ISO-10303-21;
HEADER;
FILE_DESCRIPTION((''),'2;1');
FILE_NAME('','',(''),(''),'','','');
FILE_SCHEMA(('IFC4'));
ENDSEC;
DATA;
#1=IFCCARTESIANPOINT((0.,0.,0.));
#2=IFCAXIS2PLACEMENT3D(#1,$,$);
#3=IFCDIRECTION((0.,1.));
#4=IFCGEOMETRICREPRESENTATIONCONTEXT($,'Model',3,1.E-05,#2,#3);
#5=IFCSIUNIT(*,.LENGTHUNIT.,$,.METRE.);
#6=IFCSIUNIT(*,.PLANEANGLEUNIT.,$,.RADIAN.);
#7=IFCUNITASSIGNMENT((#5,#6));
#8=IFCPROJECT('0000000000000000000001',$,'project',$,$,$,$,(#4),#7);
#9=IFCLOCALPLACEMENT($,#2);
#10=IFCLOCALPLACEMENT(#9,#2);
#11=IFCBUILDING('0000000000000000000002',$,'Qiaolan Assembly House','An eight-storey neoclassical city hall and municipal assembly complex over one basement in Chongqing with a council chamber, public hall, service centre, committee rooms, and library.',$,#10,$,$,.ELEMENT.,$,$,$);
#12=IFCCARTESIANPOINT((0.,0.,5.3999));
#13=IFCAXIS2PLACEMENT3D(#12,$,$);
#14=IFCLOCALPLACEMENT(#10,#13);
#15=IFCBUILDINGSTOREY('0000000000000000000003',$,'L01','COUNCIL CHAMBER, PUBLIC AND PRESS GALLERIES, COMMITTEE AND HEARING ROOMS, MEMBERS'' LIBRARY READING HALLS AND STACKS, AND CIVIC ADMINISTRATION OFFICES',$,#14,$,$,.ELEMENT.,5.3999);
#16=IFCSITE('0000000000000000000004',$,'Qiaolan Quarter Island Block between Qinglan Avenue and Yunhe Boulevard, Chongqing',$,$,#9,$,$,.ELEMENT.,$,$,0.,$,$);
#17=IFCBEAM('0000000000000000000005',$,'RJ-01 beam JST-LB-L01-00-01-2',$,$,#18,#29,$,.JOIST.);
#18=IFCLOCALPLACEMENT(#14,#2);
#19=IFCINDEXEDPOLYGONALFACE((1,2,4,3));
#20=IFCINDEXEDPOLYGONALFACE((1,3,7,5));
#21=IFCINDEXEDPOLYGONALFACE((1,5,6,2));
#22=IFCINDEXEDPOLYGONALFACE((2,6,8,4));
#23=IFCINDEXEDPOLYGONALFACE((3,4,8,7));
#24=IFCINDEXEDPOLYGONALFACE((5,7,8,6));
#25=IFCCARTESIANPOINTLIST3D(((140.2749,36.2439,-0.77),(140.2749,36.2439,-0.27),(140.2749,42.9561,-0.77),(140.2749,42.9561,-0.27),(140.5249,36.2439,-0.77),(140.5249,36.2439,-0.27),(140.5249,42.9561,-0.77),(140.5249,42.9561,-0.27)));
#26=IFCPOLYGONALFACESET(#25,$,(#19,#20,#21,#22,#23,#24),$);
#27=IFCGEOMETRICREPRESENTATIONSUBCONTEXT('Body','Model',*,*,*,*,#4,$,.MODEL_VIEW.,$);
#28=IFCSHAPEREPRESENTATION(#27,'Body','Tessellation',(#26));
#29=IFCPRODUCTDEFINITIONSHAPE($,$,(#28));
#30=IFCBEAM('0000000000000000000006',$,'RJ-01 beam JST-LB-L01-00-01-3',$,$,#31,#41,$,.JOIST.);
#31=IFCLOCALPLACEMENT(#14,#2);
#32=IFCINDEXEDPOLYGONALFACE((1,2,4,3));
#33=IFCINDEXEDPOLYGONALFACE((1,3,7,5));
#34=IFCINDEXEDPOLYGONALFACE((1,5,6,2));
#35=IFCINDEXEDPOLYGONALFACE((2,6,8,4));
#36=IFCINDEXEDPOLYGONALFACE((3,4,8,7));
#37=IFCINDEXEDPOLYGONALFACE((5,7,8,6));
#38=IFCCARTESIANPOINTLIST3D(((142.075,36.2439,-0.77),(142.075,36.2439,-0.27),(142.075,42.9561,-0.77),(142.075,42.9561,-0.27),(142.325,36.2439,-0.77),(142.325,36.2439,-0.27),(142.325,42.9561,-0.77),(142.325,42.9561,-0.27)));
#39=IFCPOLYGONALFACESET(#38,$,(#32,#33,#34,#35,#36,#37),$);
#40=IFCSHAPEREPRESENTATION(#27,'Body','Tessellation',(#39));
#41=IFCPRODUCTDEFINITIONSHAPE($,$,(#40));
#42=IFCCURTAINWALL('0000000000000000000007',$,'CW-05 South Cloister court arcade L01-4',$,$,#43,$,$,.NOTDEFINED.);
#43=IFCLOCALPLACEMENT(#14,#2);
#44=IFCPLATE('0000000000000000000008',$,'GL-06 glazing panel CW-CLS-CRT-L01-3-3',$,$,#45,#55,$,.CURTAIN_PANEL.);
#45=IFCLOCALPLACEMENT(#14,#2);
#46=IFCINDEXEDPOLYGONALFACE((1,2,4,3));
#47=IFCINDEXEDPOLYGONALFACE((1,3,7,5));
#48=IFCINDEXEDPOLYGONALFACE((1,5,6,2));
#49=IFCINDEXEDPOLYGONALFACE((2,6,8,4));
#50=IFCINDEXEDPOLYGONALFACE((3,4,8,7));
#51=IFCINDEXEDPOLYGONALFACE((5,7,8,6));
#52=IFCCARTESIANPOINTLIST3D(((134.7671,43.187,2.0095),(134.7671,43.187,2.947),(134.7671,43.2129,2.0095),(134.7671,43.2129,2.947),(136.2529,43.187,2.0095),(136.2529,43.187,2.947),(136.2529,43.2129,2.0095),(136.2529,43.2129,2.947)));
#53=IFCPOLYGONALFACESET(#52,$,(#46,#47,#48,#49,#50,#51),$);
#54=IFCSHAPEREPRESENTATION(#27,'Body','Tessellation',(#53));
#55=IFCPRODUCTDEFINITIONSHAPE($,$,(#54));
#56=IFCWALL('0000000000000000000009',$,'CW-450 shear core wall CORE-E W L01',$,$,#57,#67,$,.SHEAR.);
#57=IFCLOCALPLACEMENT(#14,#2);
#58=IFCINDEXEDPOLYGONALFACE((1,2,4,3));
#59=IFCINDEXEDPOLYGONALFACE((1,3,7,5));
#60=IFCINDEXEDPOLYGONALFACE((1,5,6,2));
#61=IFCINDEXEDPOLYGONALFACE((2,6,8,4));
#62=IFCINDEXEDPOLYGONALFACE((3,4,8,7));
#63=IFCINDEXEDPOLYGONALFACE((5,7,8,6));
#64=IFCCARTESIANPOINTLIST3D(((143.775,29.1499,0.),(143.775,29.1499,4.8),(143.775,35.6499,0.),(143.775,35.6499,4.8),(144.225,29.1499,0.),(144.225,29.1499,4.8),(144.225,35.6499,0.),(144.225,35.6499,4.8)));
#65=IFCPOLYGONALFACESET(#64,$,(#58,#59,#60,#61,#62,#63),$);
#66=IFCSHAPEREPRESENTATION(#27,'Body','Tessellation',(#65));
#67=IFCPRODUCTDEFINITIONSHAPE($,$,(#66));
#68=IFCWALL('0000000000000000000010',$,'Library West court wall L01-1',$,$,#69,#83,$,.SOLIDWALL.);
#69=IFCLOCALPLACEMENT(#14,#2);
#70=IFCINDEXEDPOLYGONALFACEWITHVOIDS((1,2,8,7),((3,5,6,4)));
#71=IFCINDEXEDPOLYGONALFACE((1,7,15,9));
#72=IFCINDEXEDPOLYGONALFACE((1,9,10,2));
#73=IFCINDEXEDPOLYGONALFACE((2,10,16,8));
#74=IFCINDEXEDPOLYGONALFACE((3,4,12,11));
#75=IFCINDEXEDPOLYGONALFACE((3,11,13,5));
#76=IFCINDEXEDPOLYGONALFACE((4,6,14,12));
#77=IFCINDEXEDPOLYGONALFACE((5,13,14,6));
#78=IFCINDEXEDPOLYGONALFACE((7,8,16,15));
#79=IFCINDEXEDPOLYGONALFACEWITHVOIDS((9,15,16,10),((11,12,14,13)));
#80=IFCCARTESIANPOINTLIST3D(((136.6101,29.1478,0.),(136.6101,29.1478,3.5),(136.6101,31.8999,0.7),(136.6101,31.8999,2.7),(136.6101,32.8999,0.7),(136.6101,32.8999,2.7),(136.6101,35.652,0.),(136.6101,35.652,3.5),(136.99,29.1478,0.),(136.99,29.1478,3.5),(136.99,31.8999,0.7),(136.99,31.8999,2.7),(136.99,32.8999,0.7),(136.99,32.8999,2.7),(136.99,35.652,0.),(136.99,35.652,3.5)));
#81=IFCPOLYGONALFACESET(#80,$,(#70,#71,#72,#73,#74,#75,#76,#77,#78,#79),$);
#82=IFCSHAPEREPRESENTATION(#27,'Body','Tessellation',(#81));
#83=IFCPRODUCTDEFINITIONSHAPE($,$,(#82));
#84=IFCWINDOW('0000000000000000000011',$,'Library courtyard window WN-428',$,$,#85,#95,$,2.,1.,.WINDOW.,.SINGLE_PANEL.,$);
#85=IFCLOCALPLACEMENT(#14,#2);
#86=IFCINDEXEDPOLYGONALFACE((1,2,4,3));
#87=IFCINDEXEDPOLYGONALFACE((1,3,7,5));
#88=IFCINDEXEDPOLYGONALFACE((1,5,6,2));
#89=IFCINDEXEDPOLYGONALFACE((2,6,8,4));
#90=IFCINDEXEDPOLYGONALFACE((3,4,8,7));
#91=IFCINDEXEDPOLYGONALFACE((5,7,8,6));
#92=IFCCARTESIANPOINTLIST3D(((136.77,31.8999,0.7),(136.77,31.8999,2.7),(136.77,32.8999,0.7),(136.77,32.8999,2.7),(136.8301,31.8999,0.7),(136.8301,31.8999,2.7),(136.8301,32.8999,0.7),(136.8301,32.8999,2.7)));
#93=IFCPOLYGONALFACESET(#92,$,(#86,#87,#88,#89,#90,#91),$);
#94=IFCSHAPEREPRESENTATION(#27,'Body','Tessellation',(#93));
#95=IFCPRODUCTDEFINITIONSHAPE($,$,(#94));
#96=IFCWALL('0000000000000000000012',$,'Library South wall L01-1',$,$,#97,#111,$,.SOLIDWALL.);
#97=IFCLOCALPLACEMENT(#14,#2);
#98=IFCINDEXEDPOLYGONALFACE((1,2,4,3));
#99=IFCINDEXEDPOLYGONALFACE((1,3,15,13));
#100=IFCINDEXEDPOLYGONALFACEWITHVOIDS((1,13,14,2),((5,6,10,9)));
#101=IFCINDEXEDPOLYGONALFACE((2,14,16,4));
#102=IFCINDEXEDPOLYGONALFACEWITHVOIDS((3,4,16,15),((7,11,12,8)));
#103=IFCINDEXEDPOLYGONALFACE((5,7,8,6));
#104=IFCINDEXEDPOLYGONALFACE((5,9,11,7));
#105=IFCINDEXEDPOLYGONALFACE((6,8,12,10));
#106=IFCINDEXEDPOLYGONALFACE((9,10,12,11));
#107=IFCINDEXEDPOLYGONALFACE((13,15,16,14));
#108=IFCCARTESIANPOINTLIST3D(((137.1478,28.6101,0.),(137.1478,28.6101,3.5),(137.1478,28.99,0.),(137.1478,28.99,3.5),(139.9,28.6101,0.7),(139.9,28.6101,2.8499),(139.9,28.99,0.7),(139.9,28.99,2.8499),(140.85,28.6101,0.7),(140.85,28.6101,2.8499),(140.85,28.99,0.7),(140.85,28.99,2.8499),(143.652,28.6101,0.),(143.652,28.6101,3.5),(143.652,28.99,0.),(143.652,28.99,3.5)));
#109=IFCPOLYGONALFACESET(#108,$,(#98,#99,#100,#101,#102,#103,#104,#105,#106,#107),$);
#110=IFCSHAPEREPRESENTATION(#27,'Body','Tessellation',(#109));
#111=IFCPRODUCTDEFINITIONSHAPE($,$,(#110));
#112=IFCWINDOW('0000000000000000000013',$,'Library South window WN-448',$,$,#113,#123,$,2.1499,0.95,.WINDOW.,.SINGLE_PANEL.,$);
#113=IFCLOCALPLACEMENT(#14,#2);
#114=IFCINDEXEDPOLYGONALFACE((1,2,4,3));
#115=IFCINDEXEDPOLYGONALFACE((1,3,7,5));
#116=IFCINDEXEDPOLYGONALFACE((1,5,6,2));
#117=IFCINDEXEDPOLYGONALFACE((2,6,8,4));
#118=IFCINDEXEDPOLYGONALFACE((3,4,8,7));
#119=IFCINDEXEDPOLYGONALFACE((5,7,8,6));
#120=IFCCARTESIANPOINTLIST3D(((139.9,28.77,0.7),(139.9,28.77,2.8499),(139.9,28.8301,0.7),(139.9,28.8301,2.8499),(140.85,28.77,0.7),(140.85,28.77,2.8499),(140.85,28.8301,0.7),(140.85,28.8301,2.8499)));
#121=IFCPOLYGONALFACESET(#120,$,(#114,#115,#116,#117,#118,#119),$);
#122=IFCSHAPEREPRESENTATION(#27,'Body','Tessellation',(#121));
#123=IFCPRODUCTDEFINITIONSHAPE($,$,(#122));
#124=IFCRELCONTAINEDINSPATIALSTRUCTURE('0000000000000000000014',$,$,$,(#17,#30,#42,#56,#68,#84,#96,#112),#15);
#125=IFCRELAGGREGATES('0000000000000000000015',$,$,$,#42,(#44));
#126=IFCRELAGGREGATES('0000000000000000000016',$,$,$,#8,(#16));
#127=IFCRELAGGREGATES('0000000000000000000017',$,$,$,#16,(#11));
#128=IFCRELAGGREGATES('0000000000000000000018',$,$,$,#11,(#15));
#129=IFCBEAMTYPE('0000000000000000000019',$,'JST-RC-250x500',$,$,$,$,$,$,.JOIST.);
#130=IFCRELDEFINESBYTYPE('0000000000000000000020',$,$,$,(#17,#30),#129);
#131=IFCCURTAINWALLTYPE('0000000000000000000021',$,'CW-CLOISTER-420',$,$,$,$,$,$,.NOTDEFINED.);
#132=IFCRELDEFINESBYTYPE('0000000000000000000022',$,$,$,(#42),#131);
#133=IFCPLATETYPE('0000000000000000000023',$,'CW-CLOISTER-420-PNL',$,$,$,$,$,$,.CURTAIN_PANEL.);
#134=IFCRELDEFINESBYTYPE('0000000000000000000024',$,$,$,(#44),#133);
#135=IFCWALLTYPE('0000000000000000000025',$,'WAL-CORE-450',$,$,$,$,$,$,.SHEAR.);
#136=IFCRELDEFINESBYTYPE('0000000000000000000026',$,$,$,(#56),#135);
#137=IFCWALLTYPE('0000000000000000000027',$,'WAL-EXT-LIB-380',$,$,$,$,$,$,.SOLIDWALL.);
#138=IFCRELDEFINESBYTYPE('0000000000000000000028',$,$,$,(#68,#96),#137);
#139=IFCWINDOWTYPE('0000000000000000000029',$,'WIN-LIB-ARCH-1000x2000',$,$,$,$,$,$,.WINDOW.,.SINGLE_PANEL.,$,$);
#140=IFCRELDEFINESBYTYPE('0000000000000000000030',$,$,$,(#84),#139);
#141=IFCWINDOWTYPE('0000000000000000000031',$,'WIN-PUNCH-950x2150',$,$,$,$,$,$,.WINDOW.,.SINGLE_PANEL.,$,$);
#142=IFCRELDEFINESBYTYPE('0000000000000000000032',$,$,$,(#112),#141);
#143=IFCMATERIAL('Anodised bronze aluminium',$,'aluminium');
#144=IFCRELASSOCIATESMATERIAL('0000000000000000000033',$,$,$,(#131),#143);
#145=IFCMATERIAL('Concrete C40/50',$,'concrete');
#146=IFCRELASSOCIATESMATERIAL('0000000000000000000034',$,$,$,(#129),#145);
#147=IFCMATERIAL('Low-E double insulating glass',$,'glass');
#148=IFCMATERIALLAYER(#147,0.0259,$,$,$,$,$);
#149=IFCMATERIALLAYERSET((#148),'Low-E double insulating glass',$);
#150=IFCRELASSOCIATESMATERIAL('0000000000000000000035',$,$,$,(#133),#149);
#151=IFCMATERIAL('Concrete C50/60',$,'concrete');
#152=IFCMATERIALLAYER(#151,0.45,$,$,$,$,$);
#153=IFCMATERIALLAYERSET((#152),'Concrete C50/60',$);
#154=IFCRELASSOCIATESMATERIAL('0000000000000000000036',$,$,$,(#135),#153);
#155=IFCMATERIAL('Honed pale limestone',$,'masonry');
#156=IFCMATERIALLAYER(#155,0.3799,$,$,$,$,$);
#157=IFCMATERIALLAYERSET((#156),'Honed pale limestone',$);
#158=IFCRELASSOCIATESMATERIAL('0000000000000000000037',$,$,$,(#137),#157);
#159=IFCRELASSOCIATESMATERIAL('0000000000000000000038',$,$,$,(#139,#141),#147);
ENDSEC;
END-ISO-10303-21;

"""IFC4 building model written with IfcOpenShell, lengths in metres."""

from ifc_helpers import new_model, si_unit, direction, frame, frame_2d, origin, origin_2d, place, context, subcontext, project, spatial, rectangle, extrude, material, layer, layer_set, material_profile, profile_set, type_object, element, fill, aggregate, save


model = new_model("IFC4")

# Units and contexts
model_context = context("Model", 3, precision=1e-05, world=origin(), true_north=direction((0.0, 1.0)))
body_context = subcontext(model_context, "Body", "Model", "MODEL_VIEW")
ifc_project = project(units=[si_unit("LENGTHUNIT", "METRE"), si_unit("PLANEANGLEUNIT", "RADIAN")], contexts=[model_context])

# Site, building, storey
site_placement = place(None, origin())
site = spatial("IfcSite", under=ifc_project, at=site_placement, Name="Qiaolan Quarter Island Block between Qinglan Avenue and Yunhe Boulevard, Chongqing", CompositionType="ELEMENT", RefElevation=0.0)
building_placement = place(site_placement, origin())
building = spatial("IfcBuilding", under=site, at=building_placement, Name="Qiaolan Assembly House", Description="An eight-storey neoclassical city hall and municipal assembly complex over one basement in Chongqing with a council chamber, public hall, service centre, committee rooms, and library.", CompositionType="ELEMENT")
storey_placement = place(building_placement, frame((0.0, 0.0, 5.3999)))
storey = spatial("IfcBuildingStorey", under=building, at=storey_placement, Name="L01", Description="COUNCIL CHAMBER, PUBLIC AND PRESS GALLERIES, COMMITTEE AND HEARING ROOMS, MEMBERS' LIBRARY READING HALLS AND STACKS, AND CIVIC ADMINISTRATION OFFICES", CompositionType="ELEMENT", Elevation=5.3999)

# Shared definitions
ifc_material_1 = material(Name="Concrete C40/50", Category="concrete")

# Shared definitions
ifc_material_2 = material(Name="Anodised bronze aluminium", Category="aluminium")
curtain_wall_type = type_object("IfcCurtainWallType", Name="CW-CLOISTER-420", PredefinedType="NOTDEFINED", material=ifc_material_2)

# Beams
ifc_material_profile_1 = material_profile(ifc_material_1, rectangle(XDim=0.25, YDim=0.5, at=origin_2d()), Name="RCB 250x500")
ifc_profile_set_1 = profile_set([ifc_material_profile_1], Name="Concrete C40/50")
beam_type_1 = type_object("IfcBeamType", Name="JST-RC-250x500", PredefinedType="JOIST", material=ifc_profile_set_1)
for number, where, z_axis, x_axis, name in (
    (1, (140.3999, 36.2439, -0.52), (0.0, 1.0, 0.0), (-1.0, 0.0, 0.0), "RJ-01 beam JST-LB-L01-00-01-2"),
    (2, (142.2, 36.2439, -0.52), (0.0, 1.0, 0.0), (-1.0, 0.0, 0.0), "RJ-01 beam JST-LB-L01-00-01-3"),
):
    element("IfcBeam", number, at=place(storey_placement, frame(where, z_axis=z_axis, x_axis=x_axis)), inside=storey, type_object=beam_type_1, Name=name, PredefinedType="JOIST", context=body_context, shape_type="SweptSolid", body=[
        extrude(rectangle(XDim=0.25, YDim=0.5, at=origin_2d()), origin(), (0.0, 0.0, 1.0), 6.7122),
    ])

# Curtain wall, plate
curtain_wall_1_placement = place(storey_placement, origin())
curtain_wall_1 = element("IfcCurtainWall", 3, at=curtain_wall_1_placement, inside=storey, type_object=curtain_wall_type, Name="CW-05 South Cloister court arcade L01-4", PredefinedType="NOTDEFINED")
ifc_material_3 = material(Name="Low-E double insulating glass", Category="glass")
ifc_layer_1 = layer(ifc_material_3, 0.0259)
ifc_layer_set_1 = layer_set([ifc_layer_1], Name="Low-E double insulating glass")
plate_type = type_object("IfcPlateType", Name="CW-CLOISTER-420-PNL", PredefinedType="CURTAIN_PANEL", material=ifc_layer_set_1)
plate_placement = place(storey_placement, frame((136.2529, 43.2, 2.0095), z_axis=(0.0, 0.0, 1.0), x_axis=(-1.0, 0.0, 0.0)))
plate = element("IfcPlate", 4, at=plate_placement, type_object=plate_type, Name="GL-06 glazing panel CW-CLS-CRT-L01-3-3", PredefinedType="CURTAIN_PANEL", context=body_context, shape_type="SweptSolid", body=[
    extrude(rectangle(XDim=1.4858, YDim=0.0259, at=frame_2d((0.7429, 0.0))), origin(), (0.0, 0.0, 1.0), 0.9375),
])
aggregate(curtain_wall_1, [plate])

# Wall
ifc_material_4 = material(Name="Concrete C50/60", Category="concrete")
ifc_layer_2 = layer(ifc_material_4, 0.45)
ifc_layer_set_2 = layer_set([ifc_layer_2], Name="Concrete C50/60")
wall_type_1 = type_object("IfcWallType", Name="WAL-CORE-450", PredefinedType="SHEAR", material=ifc_layer_set_2)
wall_1_placement = place(storey_placement, frame((144.0, 35.6499, 0.0), z_axis=(0.0, 0.0, 1.0), x_axis=(0.0, -1.0, 0.0)))
element("IfcWall", 5, at=wall_1_placement, inside=storey, type_object=wall_type_1, Name="CW-450 shear core wall CORE-E W L01", PredefinedType="SHEAR", context=body_context, shape_type="SweptSolid", body=[
    extrude(rectangle(XDim=6.5, YDim=0.45, at=frame_2d((3.25, 0.0))), origin(), (0.0, 0.0, 1.0), 4.8),
])

# Walls, openings, windows
ifc_material_5 = material(Name="Honed pale limestone", Category="masonry")
ifc_layer_3 = layer(ifc_material_5, 0.3799)
ifc_layer_set_3 = layer_set([ifc_layer_3], Name="Honed pale limestone")
wall_type_2 = type_object("IfcWallType", Name="WAL-EXT-LIB-380", PredefinedType="SOLIDWALL", material=ifc_layer_set_3)
wall_2_placement = place(storey_placement, frame((136.8, 29.1479, 0.0), z_axis=(0.0, 0.0, 1.0), x_axis=(0.0, 1.0, 0.0)))
wall_2 = element("IfcWall", 6, at=wall_2_placement, inside=storey, type_object=wall_type_2, Name="Library West court wall L01-1", PredefinedType="SOLIDWALL", context=body_context, shape_type="SweptSolid", body=[
    extrude(rectangle(XDim=6.5042, YDim=0.3799, at=frame_2d((3.252, 0.0))), origin(), (0.0, 0.0, 1.0), 3.5),
])
opening_1_placement = place(wall_2_placement, frame((2.752, 0.0, 0.7)))
opening_1 = element("IfcOpeningElement", 7, at=opening_1_placement, cuts=wall_2, PredefinedType="OPENING", context=body_context, shape_type="SweptSolid", body=[
    extrude(rectangle(XDim=1.0, YDim=2.0, at=frame_2d((0.5, 1.0))), frame((0.0, 0.2, 0.0), z_axis=(0.0, -1.0, 0.0), x_axis=(1.0, 0.0, 0.0)), (0.0, 0.0, 1.0), 0.3999),
])
window_type_1 = type_object("IfcWindowType", Name="WIN-LIB-ARCH-1000x2000", PartitioningType="SINGLE_PANEL", PredefinedType="WINDOW", material=ifc_material_3)
window_1_placement = place(opening_1_placement, origin())
window_1 = element("IfcWindow", 8, at=window_1_placement, inside=storey, type_object=window_type_1, Name="Library courtyard window WN-428", OverallHeight=2.0, OverallWidth=1.0, PartitioningType="SINGLE_PANEL", PredefinedType="WINDOW", context=body_context, shape_type="SweptSolid", body=[
    extrude(rectangle(XDim=1.0, YDim=2.0, at=frame_2d((0.5, 1.0))), frame((0.0, 0.03, 0.0), z_axis=(0.0, -1.0, 0.0), x_axis=(1.0, 0.0, 0.0)), (0.0, 0.0, 1.0), 0.0601),
])
fill(opening_1, window_1)
wall_3_placement = place(storey_placement, frame((137.1479, 28.8, 0.0), z_axis=(0.0, 0.0, 1.0), x_axis=(1.0, 0.0, 0.0)))
wall_3 = element("IfcWall", 9, at=wall_3_placement, inside=storey, type_object=wall_type_2, Name="Library South wall L01-1", PredefinedType="SOLIDWALL", context=body_context, shape_type="SweptSolid", body=[
    extrude(rectangle(XDim=6.5042, YDim=0.3799, at=frame_2d((3.252, 0.0))), origin(), (0.0, 0.0, 1.0), 3.5),
])
opening_2_placement = place(wall_3_placement, frame((2.752, 0.0, 0.7)))
opening_2 = element("IfcOpeningElement", 10, at=opening_2_placement, cuts=wall_3, PredefinedType="OPENING", context=body_context, shape_type="SweptSolid", body=[
    extrude(rectangle(XDim=0.95, YDim=2.1499, at=frame_2d((0.4751, 1.075))), frame((0.0, 0.2, 0.0), z_axis=(0.0, -1.0, 0.0), x_axis=(1.0, 0.0, 0.0)), (0.0, 0.0, 1.0), 0.3999),
])
window_type_2 = type_object("IfcWindowType", Name="WIN-PUNCH-950x2150", PartitioningType="SINGLE_PANEL", PredefinedType="WINDOW", material=ifc_material_3)
window_2_placement = place(opening_2_placement, origin())
window_2 = element("IfcWindow", 11, at=window_2_placement, inside=storey, type_object=window_type_2, Name="Library South window WN-448", OverallHeight=2.1499, OverallWidth=0.95, PartitioningType="SINGLE_PANEL", PredefinedType="WINDOW", context=body_context, shape_type="SweptSolid", body=[
    extrude(rectangle(XDim=0.95, YDim=2.1499, at=frame_2d((0.4751, 1.075))), frame((0.0, 0.03, 0.0), z_axis=(0.0, -1.0, 0.0), x_axis=(1.0, 0.0, 0.0)), (0.0, 0.0, 1.0), 0.0601),
])
fill(opening_2, window_2)

save(model, "model.ifc")
